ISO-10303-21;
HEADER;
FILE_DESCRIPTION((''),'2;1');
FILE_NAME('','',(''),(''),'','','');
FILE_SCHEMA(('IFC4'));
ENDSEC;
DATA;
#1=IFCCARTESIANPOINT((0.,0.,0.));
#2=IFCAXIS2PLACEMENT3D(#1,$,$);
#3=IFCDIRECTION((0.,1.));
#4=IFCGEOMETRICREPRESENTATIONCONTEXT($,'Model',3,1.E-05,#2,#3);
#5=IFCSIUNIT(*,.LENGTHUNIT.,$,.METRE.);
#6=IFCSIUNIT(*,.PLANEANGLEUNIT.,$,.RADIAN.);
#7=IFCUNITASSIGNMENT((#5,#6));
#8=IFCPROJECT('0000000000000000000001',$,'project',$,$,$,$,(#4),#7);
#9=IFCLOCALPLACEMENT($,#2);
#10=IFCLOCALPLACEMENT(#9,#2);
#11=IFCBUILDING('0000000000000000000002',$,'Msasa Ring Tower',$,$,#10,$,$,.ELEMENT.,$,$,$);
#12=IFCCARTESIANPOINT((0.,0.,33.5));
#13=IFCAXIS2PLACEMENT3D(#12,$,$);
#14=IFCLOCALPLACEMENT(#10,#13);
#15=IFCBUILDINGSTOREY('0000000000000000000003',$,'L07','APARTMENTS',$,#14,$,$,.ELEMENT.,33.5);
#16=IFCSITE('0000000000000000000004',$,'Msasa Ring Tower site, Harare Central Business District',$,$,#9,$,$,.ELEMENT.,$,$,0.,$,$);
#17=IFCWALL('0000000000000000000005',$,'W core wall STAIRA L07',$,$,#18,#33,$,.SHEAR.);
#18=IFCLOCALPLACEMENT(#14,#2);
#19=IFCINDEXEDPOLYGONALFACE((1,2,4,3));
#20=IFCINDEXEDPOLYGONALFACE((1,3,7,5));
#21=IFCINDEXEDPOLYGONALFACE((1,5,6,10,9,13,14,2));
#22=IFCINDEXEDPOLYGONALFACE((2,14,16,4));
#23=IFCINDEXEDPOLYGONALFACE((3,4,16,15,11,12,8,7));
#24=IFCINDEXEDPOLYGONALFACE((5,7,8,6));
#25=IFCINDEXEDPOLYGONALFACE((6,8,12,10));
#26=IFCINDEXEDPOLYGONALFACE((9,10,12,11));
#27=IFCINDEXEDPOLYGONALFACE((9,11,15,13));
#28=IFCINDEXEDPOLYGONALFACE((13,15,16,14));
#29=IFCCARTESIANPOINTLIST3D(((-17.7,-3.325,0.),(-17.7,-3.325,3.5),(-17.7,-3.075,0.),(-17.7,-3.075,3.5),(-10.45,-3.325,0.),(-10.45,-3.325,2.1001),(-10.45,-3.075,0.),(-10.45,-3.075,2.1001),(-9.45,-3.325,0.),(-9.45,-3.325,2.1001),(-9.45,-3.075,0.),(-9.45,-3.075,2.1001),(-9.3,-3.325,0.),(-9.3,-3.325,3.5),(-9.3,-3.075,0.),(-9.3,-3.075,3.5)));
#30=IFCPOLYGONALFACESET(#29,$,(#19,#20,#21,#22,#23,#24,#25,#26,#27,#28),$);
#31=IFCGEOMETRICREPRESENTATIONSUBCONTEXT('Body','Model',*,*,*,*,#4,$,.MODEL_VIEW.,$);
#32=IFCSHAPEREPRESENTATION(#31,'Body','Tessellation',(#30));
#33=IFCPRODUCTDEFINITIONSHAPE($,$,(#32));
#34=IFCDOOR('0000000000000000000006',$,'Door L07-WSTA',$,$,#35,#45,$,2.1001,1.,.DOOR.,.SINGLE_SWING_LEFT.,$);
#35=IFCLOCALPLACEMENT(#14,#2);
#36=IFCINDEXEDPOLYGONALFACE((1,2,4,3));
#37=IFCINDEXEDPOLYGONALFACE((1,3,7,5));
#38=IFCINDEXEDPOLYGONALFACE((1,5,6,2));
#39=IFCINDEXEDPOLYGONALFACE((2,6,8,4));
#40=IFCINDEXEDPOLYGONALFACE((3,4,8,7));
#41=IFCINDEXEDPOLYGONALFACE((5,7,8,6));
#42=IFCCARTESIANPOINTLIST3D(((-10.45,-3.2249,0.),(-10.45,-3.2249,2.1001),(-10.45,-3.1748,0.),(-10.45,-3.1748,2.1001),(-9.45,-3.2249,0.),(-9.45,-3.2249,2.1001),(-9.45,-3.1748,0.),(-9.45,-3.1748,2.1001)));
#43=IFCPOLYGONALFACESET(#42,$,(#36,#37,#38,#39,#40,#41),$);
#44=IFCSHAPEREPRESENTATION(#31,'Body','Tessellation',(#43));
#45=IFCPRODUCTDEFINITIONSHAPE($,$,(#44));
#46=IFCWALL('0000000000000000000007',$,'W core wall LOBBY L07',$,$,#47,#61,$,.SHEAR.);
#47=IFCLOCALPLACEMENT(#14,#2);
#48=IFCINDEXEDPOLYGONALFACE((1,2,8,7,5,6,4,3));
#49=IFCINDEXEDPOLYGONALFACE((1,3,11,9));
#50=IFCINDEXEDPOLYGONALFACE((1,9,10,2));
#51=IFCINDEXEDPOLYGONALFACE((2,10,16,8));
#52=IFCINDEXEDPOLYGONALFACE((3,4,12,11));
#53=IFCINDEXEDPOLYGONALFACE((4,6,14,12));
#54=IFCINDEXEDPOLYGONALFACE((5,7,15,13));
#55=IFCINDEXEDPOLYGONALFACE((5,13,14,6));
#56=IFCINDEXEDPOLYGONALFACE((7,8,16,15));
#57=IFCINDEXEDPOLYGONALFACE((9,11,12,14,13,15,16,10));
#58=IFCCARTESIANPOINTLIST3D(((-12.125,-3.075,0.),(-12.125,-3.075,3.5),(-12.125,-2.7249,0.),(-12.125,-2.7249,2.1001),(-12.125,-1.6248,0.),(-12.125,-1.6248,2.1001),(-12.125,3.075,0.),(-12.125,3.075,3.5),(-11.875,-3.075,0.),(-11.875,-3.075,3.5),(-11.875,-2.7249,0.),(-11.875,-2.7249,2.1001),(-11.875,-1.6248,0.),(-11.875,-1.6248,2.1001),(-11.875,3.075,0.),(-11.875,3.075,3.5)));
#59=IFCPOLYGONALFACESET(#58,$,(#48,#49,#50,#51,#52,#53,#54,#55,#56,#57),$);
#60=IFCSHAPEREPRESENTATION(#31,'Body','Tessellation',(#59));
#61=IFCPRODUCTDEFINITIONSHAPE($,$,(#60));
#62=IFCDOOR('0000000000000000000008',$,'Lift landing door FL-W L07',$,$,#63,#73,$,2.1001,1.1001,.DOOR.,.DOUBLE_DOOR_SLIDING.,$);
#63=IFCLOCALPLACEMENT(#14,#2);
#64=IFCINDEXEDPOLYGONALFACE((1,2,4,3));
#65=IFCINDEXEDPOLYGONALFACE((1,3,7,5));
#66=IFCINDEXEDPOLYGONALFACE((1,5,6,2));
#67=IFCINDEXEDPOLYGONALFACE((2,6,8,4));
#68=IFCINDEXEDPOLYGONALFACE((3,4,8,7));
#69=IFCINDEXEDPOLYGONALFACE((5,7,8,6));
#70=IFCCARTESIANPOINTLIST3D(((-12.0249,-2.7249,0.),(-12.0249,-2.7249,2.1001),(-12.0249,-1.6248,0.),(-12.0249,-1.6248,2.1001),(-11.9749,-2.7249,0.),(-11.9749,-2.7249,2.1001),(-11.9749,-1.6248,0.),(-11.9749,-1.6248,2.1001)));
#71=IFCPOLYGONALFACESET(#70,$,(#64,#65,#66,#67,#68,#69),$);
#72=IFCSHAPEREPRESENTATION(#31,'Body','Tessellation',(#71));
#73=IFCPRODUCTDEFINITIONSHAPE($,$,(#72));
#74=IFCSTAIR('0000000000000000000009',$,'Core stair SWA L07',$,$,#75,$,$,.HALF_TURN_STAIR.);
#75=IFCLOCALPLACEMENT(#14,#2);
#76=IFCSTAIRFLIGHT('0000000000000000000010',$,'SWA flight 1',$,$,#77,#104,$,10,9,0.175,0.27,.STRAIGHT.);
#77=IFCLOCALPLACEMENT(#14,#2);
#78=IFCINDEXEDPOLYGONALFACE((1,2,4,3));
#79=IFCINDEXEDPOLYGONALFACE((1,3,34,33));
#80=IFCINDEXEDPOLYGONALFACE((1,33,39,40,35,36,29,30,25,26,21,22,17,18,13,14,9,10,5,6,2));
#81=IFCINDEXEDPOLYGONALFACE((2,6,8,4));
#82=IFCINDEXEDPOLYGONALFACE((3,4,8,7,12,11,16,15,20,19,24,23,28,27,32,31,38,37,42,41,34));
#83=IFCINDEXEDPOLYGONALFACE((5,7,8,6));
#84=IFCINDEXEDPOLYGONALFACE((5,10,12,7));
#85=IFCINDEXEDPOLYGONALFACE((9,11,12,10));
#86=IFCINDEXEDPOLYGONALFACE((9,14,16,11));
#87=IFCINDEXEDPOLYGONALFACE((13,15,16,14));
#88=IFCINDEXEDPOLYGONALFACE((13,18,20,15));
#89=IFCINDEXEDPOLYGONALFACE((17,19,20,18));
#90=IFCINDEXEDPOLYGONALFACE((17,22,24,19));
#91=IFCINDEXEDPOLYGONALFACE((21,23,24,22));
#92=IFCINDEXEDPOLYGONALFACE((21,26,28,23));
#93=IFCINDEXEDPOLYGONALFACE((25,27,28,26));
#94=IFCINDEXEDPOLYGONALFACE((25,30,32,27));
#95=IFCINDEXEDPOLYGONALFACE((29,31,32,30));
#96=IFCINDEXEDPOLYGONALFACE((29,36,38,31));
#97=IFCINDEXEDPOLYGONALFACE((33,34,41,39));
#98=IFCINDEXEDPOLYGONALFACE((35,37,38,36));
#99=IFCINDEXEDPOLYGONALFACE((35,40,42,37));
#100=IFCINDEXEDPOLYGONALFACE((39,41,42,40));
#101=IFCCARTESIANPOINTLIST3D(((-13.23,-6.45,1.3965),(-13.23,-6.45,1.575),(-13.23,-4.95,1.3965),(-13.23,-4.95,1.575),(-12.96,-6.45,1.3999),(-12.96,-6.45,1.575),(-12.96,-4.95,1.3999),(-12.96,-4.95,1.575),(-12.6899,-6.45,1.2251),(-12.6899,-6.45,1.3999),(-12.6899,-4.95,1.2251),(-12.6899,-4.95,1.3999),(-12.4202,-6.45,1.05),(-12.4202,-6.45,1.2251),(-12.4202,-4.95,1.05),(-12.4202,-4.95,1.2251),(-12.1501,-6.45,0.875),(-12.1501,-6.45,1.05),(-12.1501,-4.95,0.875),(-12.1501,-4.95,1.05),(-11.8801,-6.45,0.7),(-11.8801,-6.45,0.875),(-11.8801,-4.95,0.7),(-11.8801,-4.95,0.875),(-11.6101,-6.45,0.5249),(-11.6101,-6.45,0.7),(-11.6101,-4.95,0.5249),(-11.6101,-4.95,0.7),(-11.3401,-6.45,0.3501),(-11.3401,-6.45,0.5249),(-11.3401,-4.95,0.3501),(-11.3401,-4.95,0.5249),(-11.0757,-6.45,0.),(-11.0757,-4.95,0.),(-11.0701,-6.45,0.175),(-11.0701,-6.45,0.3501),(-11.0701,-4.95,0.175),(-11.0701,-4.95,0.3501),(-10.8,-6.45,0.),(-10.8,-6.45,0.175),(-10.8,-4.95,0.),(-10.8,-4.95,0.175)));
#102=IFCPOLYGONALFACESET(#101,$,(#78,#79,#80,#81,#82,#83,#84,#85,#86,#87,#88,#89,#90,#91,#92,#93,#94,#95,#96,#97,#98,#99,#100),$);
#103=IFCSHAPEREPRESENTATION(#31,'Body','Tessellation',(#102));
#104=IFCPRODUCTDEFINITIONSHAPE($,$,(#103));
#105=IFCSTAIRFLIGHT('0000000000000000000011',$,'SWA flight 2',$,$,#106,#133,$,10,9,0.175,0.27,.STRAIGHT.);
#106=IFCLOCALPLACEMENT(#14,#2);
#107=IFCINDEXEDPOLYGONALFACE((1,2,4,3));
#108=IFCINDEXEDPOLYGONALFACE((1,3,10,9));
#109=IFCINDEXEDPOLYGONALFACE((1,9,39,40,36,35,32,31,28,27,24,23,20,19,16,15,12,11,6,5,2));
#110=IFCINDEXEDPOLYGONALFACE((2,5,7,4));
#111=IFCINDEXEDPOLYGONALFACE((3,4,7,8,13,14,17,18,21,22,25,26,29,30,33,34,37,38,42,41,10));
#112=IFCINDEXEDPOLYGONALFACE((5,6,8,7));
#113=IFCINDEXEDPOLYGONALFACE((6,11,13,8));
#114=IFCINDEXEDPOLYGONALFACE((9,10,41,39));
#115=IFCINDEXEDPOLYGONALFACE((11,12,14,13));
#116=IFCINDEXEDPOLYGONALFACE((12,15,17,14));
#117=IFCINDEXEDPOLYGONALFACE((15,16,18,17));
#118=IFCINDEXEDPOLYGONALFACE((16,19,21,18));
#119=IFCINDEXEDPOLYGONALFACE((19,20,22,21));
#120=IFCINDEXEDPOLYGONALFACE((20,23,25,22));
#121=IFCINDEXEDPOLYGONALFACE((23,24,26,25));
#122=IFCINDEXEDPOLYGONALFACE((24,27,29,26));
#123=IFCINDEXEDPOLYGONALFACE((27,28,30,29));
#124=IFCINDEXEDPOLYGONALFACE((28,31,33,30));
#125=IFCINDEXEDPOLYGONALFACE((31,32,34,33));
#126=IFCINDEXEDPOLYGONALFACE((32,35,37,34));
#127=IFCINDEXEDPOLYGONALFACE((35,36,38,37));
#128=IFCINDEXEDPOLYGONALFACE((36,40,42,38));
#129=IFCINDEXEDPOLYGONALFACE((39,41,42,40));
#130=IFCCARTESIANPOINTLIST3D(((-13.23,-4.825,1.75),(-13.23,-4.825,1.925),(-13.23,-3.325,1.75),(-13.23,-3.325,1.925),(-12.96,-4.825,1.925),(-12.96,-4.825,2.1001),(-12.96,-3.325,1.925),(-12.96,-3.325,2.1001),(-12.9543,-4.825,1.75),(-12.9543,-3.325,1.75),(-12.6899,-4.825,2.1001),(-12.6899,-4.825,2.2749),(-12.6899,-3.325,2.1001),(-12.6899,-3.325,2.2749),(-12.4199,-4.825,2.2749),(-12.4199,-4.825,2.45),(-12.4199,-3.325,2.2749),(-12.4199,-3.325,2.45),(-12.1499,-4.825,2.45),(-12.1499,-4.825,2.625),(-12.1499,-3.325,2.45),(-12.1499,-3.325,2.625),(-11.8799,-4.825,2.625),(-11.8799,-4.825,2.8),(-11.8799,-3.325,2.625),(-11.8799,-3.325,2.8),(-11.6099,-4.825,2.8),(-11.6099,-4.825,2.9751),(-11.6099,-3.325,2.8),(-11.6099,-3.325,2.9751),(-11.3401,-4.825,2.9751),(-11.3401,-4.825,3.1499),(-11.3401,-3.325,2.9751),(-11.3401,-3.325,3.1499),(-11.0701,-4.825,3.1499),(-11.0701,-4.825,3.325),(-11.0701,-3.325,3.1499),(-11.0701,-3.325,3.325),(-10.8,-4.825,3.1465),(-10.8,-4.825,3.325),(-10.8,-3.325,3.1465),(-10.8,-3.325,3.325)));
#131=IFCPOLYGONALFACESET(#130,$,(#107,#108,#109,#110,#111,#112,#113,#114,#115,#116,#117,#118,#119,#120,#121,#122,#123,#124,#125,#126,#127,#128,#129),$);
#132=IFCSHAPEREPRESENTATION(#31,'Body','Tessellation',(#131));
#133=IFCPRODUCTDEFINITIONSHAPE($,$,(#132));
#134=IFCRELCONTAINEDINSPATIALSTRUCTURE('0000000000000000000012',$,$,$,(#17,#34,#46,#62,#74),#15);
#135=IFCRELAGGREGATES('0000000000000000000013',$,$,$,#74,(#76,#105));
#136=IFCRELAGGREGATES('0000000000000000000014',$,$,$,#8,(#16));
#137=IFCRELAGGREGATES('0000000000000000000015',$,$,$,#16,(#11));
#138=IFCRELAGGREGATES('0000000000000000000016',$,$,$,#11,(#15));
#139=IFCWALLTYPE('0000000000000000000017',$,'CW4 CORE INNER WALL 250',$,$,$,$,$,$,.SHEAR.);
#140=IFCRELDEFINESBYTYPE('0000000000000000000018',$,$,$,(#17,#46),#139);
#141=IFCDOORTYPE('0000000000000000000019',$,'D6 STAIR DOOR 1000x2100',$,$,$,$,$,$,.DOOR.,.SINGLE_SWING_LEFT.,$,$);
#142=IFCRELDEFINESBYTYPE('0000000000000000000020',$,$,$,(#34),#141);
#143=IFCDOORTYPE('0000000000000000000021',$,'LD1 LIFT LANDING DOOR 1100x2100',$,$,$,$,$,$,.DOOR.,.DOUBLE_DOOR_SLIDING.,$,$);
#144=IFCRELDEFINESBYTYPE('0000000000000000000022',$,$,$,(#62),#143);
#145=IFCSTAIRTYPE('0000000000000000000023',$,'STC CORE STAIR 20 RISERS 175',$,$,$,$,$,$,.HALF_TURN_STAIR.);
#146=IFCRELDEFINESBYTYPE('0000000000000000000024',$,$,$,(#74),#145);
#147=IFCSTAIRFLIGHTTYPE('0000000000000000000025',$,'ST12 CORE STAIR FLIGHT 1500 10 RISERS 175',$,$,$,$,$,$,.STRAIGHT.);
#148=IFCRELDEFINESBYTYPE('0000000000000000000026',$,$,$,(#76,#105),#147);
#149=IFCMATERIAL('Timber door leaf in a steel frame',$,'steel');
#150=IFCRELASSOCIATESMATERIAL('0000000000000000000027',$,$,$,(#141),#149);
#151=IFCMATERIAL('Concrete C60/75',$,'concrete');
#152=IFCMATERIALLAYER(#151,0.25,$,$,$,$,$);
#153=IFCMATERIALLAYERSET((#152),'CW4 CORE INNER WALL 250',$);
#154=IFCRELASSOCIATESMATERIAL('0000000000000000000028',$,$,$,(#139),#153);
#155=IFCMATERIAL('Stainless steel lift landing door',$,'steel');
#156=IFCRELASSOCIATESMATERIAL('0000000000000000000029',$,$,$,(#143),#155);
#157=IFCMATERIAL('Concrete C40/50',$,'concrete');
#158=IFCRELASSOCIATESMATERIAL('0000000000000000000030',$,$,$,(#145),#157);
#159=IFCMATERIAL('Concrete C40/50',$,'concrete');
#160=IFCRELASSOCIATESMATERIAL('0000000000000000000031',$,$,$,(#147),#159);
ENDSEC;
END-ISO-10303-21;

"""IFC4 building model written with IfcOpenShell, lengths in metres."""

from ifc_helpers import new_model, si_unit, direction, frame, frame_2d, origin, place, context, subcontext, project, spatial, polyline, rectangle, outline, extrude, material, layer, layer_set, type_object, element, fill, aggregate, save


model = new_model("IFC4")

# Units and contexts
model_context = context("Model", 3, precision=1e-05, world=origin(), true_north=direction((0.0, 1.0)))
body_context = subcontext(model_context, "Body", "Model", "MODEL_VIEW")
ifc_project = project(units=[si_unit("LENGTHUNIT", "METRE"), si_unit("PLANEANGLEUNIT", "RADIAN")], contexts=[model_context])

# Site, building, storey
site_placement = place(None, origin())
site = spatial("IfcSite", under=ifc_project, at=site_placement, Name="Msasa Ring Tower site, Harare Central Business District", CompositionType="ELEMENT", RefElevation=0.0)
building_placement = place(site_placement, origin())
building = spatial("IfcBuilding", under=site, at=building_placement, Name="Msasa Ring Tower", CompositionType="ELEMENT")
storey_placement = place(building_placement, frame((0.0, 0.0, 33.5)))
storey = spatial("IfcBuildingStorey", under=building, at=storey_placement, Name="L07", Description="APARTMENTS", CompositionType="ELEMENT", Elevation=33.5)

# Shared definitions
ifc_material_1 = material(Name="Timber door leaf in a steel frame", Category="steel")
door_type_1 = type_object("IfcDoorType", Name="D6 STAIR DOOR 1000x2100", OperationType="SINGLE_SWING_LEFT", PredefinedType="DOOR", material=ifc_material_1)

# Walls, openings, doors
ifc_material_2 = material(Name="Concrete C60/75", Category="concrete")
ifc_layer_1 = layer(ifc_material_2, 0.25)
ifc_layer_set_1 = layer_set([ifc_layer_1], Name="CW4 CORE INNER WALL 250")
wall_type_1 = type_object("IfcWallType", Name="CW4 CORE INNER WALL 250", PredefinedType="SHEAR", material=ifc_layer_set_1)
wall_1_placement = place(storey_placement, frame((-9.3, -3.2, 0.0), z_axis=(0.0, 0.0, 1.0), x_axis=(-1.0, 0.0, 0.0)))
wall_1 = element("IfcWall", 1, at=wall_1_placement, inside=storey, type_object=wall_type_1, Name="W core wall STAIRA L07", PredefinedType="SHEAR", context=body_context, shape_type="SweptSolid", body=[
    extrude(rectangle(XDim=8.3999, YDim=0.25, at=frame_2d((4.2, 0.0))), origin(), (0.0, 0.0, 1.0), 3.5),
])
opening_1_placement = place(wall_1_placement, frame((0.1499, 0.0, 0.0)))
opening_1 = element("IfcOpeningElement", 2, at=opening_1_placement, cuts=wall_1, PredefinedType="OPENING", context=body_context, shape_type="SweptSolid", body=[
    extrude(rectangle(XDim=1.0, YDim=2.1001, at=frame_2d((0.5, 1.05))), frame((0.0, 0.135, 0.0), z_axis=(0.0, -1.0, 0.0), x_axis=(1.0, 0.0, 0.0)), (0.0, 0.0, 1.0), 0.27),
])
door_1_placement = place(opening_1_placement, origin())
door_1 = element("IfcDoor", 3, at=door_1_placement, inside=storey, type_object=door_type_1, Name="Door L07-WSTA", OperationType="SINGLE_SWING_LEFT", OverallHeight=2.1001, OverallWidth=1.0, PredefinedType="DOOR", context=body_context, shape_type="SweptSolid", body=[
    extrude(rectangle(XDim=1.0, YDim=2.1001, at=frame_2d((0.5, 1.05))), frame((0.0, 0.0249, 0.0), z_axis=(0.0, -1.0, 0.0), x_axis=(1.0, 0.0, 0.0)), (0.0, 0.0, 1.0), 0.05),
])
fill(opening_1, door_1)
wall_2_placement = place(storey_placement, frame((-12.0, -3.075, 0.0), z_axis=(0.0, 0.0, 1.0), x_axis=(0.0, 1.0, 0.0)))
wall_2 = element("IfcWall", 4, at=wall_2_placement, inside=storey, type_object=wall_type_1, Name="W core wall LOBBY L07", PredefinedType="SHEAR", context=body_context, shape_type="SweptSolid", body=[
    extrude(rectangle(XDim=6.1499, YDim=0.25, at=frame_2d((3.075, 0.0))), origin(), (0.0, 0.0, 1.0), 3.5),
])
opening_2_placement = place(wall_2_placement, frame((0.3501, 0.0, 0.0)))
opening_2 = element("IfcOpeningElement", 5, at=opening_2_placement, cuts=wall_2, PredefinedType="OPENING", context=body_context, shape_type="SweptSolid", body=[
    extrude(rectangle(XDim=1.1001, YDim=2.1001, at=frame_2d((0.55, 1.05))), frame((0.0, 0.135, 0.0), z_axis=(0.0, -1.0, 0.0), x_axis=(1.0, 0.0, 0.0)), (0.0, 0.0, 1.0), 0.27),
])
ifc_material_3 = material(Name="Stainless steel lift landing door", Category="steel")
door_type_2 = type_object("IfcDoorType", Name="LD1 LIFT LANDING DOOR 1100x2100", OperationType="DOUBLE_DOOR_SLIDING", PredefinedType="DOOR", material=ifc_material_3)
door_2_placement = place(opening_2_placement, origin())
door_2 = element("IfcDoor", 6, at=door_2_placement, inside=storey, type_object=door_type_2, Name="Lift landing door FL-W L07", OperationType="DOUBLE_DOOR_SLIDING", OverallHeight=2.1001, OverallWidth=1.1001, PredefinedType="DOOR", context=body_context, shape_type="SweptSolid", body=[
    extrude(rectangle(XDim=1.1001, YDim=2.1001, at=frame_2d((0.55, 1.05))), frame((0.0, 0.0249, 0.0), z_axis=(0.0, -1.0, 0.0), x_axis=(1.0, 0.0, 0.0)), (0.0, 0.0, 1.0), 0.05),
])
fill(opening_2, door_2)

# Stair, stair flights
ifc_material_4 = material(Name="Concrete C40/50", Category="concrete")
stair_type = type_object("IfcStairType", Name="STC CORE STAIR 20 RISERS 175", PredefinedType="HALF_TURN_STAIR", material=ifc_material_4)
stair_placement = place(storey_placement, origin())
stair = element("IfcStair", 7, at=stair_placement, inside=storey, type_object=stair_type, Name="Core stair SWA L07", PredefinedType="HALF_TURN_STAIR")
ifc_material_5 = material(Name="Concrete C40/50", Category="concrete")
stair_flight_type = type_object("IfcStairFlightType", Name="ST12 CORE STAIR FLIGHT 1500 10 RISERS 175", PredefinedType="STRAIGHT", material=ifc_material_5)
stair_flight_1_placement = place(storey_placement, frame((-10.8, -5.7, 0.0), z_axis=(0.0, 0.0, 1.0), x_axis=(-1.0, 0.0, 0.0)))
stair_flight_1 = element("IfcStairFlight", 8, at=stair_flight_1_placement, type_object=stair_flight_type, Name="SWA flight 1", NumberOfRisers=10, NumberOfTreads=9, PredefinedType="STRAIGHT", RiserHeight=0.175, TreadLength=0.27, context=body_context, shape_type="SweptSolid", body=[
    extrude(outline(polyline([(0.0, 0.0), (0.0, 0.175), (0.27, 0.175), (0.27, 0.3501), (0.54, 0.3501), (0.54, 0.5249), (0.8101, 0.5249), (0.8101, 0.7), (1.0801, 0.7), (1.0801, 0.875), (1.3501, 0.875), (1.3501, 1.05), (1.6201, 1.05), (1.6201, 1.2251), (1.8899, 1.2251), (1.8899, 1.3999), (2.1599, 1.3999), (2.1599, 1.575), (2.4299, 1.575), (2.4299, 1.75), (2.4299, 1.3965), (0.2756, 0.0), (0.0, 0.0)])), frame((0.0, 0.75, 0.0), z_axis=(0.0, -1.0, 0.0), x_axis=(1.0, 0.0, 0.0)), (0.0, 0.0, 1.0), 1.5),
])
stair_flight_2_placement = place(storey_placement, frame((-13.23, -4.075, 1.75), z_axis=(0.0, 0.0, 1.0), x_axis=(1.0, 0.0, 0.0)))
stair_flight_2 = element("IfcStairFlight", 9, at=stair_flight_2_placement, type_object=stair_flight_type, Name="SWA flight 2", NumberOfRisers=10, NumberOfTreads=9, PredefinedType="STRAIGHT", RiserHeight=0.175, TreadLength=0.27, context=body_context, shape_type="SweptSolid", body=[
    extrude(outline(polyline([(0.0, 0.0), (0.0, 0.175), (0.27, 0.175), (0.27, 0.3501), (0.54, 0.3501), (0.54, 0.5249), (0.8101, 0.5249), (0.8101, 0.7), (1.0801, 0.7), (1.0801, 0.875), (1.3501, 0.875), (1.3501, 1.05), (1.6201, 1.05), (1.6201, 1.2251), (1.8899, 1.2251), (1.8899, 1.3999), (2.1599, 1.3999), (2.1599, 1.575), (2.4299, 1.575), (2.4299, 1.75), (2.4299, 1.3965), (0.2756, 0.0), (0.0, 0.0)])), frame((0.0, 0.75, 0.0), z_axis=(0.0, -1.0, 0.0), x_axis=(1.0, 0.0, 0.0)), (0.0, 0.0, 1.0), 1.5),
])
aggregate(stair, [stair_flight_1, stair_flight_2])

save(model, "model.ifc")
